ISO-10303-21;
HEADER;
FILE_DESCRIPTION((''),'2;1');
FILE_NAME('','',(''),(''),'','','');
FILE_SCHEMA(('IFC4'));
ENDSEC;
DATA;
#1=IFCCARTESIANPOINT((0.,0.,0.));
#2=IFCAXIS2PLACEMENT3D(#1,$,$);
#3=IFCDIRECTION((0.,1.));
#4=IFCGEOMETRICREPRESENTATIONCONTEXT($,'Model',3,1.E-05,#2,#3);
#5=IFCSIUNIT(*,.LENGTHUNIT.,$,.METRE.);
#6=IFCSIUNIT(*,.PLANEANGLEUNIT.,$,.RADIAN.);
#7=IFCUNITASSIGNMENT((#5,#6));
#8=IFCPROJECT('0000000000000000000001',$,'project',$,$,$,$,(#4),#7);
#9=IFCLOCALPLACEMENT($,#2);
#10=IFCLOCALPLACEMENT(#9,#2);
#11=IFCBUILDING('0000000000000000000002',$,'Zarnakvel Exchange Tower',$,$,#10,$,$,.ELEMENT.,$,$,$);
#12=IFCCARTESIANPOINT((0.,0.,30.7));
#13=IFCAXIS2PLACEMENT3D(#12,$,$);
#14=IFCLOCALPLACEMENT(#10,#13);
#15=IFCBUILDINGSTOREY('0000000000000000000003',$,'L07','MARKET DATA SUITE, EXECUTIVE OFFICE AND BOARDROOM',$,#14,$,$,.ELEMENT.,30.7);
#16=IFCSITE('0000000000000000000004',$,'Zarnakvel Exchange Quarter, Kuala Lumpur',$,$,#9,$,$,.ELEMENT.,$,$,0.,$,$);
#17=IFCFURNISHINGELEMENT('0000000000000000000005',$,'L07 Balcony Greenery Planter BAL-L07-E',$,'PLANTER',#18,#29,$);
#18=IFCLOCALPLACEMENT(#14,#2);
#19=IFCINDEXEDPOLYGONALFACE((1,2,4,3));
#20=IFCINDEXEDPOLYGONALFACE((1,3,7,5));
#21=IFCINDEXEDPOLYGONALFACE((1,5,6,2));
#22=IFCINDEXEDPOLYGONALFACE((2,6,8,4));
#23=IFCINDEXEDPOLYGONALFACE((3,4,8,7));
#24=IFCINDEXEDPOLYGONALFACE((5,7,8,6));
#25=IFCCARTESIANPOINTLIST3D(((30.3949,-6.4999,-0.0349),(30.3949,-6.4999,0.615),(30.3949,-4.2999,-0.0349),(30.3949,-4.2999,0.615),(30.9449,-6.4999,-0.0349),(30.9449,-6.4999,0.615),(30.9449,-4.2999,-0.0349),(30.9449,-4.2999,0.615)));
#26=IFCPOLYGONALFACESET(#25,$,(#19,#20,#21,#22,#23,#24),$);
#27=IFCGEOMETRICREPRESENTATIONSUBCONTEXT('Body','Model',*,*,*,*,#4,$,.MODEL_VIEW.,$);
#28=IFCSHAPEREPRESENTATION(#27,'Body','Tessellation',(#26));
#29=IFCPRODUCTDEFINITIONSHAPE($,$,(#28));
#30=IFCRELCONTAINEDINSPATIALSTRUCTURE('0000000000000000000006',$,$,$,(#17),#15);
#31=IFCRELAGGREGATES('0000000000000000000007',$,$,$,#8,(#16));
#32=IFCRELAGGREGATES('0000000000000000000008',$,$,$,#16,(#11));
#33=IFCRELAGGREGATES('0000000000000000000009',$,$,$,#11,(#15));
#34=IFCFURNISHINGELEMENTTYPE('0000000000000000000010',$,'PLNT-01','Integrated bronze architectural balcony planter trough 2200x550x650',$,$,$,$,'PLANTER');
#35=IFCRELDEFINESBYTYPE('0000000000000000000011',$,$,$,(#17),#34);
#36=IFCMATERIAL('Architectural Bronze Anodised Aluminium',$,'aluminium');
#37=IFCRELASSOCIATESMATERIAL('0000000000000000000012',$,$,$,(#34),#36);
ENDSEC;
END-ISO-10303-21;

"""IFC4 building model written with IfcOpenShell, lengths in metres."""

from ifc_helpers import new_model, si_unit, direction, frame, origin, origin_2d, place, context, subcontext, project, spatial, rectangle, extrude, source, transform, mapped, material, type_object, element, save


model = new_model("IFC4")

# Units and contexts
model_context = context("Model", 3, precision=1e-05, world=origin(), true_north=direction((0.0, 1.0)))
body_context = subcontext(model_context, "Body", "Model", "MODEL_VIEW")
ifc_project = project(units=[si_unit("LENGTHUNIT", "METRE"), si_unit("PLANEANGLEUNIT", "RADIAN")], contexts=[model_context])

# Site, building, storey
site_placement = place(None, origin())
site = spatial("IfcSite", under=ifc_project, at=site_placement, Name="Zarnakvel Exchange Quarter, Kuala Lumpur", CompositionType="ELEMENT", RefElevation=0.0)
building_placement = place(site_placement, origin())
building = spatial("IfcBuilding", under=site, at=building_placement, Name="Zarnakvel Exchange Tower", CompositionType="ELEMENT")
storey_placement = place(building_placement, frame((0.0, 0.0, 30.7)))
storey = spatial("IfcBuildingStorey", under=building, at=storey_placement, Name="L07", Description="MARKET DATA SUITE, EXECUTIVE OFFICE AND BOARDROOM", CompositionType="ELEMENT", Elevation=30.7)

# Shared definitions
ifc_material_1 = material(Name="Architectural Bronze Anodised Aluminium", Category="aluminium")

# Furnishing element
furnishing_element_type = type_object("IfcFurnishingElementType", Name="PLNT-01", Description="Integrated bronze architectural balcony planter trough 2200x550x650", ElementType="PLANTER", material=ifc_material_1)
shared_shape_1 = source(origin(), body_context, "Body", "SweptSolid", [
    extrude(rectangle(XDim=2.2, YDim=0.55, at=origin_2d()), origin(), (0.0, 0.0, 1.0), 0.6499),
])
furnishing_placement = place(storey_placement, frame((30.6699, -5.3999, -0.0349), z_axis=(0.0, 0.0, 1.0), x_axis=(0.0, 1.0, 0.0)))
element("IfcFurnishingElement", 1, at=furnishing_placement, inside=storey, type_object=furnishing_element_type, Name="L07 Balcony Greenery Planter BAL-L07-E", ObjectType="PLANTER", context=body_context, shape_type="MappedRepresentation", body=[
    mapped(shared_shape_1, transform((0.0, 0.0, 0.0), x_axis=(1.0, 0.0, 0.0), y_axis=(0.0, 1.0, 0.0), z_axis=(0.0, 0.0, 1.0), scale=1.0)),
])

save(model, "model.ifc")
